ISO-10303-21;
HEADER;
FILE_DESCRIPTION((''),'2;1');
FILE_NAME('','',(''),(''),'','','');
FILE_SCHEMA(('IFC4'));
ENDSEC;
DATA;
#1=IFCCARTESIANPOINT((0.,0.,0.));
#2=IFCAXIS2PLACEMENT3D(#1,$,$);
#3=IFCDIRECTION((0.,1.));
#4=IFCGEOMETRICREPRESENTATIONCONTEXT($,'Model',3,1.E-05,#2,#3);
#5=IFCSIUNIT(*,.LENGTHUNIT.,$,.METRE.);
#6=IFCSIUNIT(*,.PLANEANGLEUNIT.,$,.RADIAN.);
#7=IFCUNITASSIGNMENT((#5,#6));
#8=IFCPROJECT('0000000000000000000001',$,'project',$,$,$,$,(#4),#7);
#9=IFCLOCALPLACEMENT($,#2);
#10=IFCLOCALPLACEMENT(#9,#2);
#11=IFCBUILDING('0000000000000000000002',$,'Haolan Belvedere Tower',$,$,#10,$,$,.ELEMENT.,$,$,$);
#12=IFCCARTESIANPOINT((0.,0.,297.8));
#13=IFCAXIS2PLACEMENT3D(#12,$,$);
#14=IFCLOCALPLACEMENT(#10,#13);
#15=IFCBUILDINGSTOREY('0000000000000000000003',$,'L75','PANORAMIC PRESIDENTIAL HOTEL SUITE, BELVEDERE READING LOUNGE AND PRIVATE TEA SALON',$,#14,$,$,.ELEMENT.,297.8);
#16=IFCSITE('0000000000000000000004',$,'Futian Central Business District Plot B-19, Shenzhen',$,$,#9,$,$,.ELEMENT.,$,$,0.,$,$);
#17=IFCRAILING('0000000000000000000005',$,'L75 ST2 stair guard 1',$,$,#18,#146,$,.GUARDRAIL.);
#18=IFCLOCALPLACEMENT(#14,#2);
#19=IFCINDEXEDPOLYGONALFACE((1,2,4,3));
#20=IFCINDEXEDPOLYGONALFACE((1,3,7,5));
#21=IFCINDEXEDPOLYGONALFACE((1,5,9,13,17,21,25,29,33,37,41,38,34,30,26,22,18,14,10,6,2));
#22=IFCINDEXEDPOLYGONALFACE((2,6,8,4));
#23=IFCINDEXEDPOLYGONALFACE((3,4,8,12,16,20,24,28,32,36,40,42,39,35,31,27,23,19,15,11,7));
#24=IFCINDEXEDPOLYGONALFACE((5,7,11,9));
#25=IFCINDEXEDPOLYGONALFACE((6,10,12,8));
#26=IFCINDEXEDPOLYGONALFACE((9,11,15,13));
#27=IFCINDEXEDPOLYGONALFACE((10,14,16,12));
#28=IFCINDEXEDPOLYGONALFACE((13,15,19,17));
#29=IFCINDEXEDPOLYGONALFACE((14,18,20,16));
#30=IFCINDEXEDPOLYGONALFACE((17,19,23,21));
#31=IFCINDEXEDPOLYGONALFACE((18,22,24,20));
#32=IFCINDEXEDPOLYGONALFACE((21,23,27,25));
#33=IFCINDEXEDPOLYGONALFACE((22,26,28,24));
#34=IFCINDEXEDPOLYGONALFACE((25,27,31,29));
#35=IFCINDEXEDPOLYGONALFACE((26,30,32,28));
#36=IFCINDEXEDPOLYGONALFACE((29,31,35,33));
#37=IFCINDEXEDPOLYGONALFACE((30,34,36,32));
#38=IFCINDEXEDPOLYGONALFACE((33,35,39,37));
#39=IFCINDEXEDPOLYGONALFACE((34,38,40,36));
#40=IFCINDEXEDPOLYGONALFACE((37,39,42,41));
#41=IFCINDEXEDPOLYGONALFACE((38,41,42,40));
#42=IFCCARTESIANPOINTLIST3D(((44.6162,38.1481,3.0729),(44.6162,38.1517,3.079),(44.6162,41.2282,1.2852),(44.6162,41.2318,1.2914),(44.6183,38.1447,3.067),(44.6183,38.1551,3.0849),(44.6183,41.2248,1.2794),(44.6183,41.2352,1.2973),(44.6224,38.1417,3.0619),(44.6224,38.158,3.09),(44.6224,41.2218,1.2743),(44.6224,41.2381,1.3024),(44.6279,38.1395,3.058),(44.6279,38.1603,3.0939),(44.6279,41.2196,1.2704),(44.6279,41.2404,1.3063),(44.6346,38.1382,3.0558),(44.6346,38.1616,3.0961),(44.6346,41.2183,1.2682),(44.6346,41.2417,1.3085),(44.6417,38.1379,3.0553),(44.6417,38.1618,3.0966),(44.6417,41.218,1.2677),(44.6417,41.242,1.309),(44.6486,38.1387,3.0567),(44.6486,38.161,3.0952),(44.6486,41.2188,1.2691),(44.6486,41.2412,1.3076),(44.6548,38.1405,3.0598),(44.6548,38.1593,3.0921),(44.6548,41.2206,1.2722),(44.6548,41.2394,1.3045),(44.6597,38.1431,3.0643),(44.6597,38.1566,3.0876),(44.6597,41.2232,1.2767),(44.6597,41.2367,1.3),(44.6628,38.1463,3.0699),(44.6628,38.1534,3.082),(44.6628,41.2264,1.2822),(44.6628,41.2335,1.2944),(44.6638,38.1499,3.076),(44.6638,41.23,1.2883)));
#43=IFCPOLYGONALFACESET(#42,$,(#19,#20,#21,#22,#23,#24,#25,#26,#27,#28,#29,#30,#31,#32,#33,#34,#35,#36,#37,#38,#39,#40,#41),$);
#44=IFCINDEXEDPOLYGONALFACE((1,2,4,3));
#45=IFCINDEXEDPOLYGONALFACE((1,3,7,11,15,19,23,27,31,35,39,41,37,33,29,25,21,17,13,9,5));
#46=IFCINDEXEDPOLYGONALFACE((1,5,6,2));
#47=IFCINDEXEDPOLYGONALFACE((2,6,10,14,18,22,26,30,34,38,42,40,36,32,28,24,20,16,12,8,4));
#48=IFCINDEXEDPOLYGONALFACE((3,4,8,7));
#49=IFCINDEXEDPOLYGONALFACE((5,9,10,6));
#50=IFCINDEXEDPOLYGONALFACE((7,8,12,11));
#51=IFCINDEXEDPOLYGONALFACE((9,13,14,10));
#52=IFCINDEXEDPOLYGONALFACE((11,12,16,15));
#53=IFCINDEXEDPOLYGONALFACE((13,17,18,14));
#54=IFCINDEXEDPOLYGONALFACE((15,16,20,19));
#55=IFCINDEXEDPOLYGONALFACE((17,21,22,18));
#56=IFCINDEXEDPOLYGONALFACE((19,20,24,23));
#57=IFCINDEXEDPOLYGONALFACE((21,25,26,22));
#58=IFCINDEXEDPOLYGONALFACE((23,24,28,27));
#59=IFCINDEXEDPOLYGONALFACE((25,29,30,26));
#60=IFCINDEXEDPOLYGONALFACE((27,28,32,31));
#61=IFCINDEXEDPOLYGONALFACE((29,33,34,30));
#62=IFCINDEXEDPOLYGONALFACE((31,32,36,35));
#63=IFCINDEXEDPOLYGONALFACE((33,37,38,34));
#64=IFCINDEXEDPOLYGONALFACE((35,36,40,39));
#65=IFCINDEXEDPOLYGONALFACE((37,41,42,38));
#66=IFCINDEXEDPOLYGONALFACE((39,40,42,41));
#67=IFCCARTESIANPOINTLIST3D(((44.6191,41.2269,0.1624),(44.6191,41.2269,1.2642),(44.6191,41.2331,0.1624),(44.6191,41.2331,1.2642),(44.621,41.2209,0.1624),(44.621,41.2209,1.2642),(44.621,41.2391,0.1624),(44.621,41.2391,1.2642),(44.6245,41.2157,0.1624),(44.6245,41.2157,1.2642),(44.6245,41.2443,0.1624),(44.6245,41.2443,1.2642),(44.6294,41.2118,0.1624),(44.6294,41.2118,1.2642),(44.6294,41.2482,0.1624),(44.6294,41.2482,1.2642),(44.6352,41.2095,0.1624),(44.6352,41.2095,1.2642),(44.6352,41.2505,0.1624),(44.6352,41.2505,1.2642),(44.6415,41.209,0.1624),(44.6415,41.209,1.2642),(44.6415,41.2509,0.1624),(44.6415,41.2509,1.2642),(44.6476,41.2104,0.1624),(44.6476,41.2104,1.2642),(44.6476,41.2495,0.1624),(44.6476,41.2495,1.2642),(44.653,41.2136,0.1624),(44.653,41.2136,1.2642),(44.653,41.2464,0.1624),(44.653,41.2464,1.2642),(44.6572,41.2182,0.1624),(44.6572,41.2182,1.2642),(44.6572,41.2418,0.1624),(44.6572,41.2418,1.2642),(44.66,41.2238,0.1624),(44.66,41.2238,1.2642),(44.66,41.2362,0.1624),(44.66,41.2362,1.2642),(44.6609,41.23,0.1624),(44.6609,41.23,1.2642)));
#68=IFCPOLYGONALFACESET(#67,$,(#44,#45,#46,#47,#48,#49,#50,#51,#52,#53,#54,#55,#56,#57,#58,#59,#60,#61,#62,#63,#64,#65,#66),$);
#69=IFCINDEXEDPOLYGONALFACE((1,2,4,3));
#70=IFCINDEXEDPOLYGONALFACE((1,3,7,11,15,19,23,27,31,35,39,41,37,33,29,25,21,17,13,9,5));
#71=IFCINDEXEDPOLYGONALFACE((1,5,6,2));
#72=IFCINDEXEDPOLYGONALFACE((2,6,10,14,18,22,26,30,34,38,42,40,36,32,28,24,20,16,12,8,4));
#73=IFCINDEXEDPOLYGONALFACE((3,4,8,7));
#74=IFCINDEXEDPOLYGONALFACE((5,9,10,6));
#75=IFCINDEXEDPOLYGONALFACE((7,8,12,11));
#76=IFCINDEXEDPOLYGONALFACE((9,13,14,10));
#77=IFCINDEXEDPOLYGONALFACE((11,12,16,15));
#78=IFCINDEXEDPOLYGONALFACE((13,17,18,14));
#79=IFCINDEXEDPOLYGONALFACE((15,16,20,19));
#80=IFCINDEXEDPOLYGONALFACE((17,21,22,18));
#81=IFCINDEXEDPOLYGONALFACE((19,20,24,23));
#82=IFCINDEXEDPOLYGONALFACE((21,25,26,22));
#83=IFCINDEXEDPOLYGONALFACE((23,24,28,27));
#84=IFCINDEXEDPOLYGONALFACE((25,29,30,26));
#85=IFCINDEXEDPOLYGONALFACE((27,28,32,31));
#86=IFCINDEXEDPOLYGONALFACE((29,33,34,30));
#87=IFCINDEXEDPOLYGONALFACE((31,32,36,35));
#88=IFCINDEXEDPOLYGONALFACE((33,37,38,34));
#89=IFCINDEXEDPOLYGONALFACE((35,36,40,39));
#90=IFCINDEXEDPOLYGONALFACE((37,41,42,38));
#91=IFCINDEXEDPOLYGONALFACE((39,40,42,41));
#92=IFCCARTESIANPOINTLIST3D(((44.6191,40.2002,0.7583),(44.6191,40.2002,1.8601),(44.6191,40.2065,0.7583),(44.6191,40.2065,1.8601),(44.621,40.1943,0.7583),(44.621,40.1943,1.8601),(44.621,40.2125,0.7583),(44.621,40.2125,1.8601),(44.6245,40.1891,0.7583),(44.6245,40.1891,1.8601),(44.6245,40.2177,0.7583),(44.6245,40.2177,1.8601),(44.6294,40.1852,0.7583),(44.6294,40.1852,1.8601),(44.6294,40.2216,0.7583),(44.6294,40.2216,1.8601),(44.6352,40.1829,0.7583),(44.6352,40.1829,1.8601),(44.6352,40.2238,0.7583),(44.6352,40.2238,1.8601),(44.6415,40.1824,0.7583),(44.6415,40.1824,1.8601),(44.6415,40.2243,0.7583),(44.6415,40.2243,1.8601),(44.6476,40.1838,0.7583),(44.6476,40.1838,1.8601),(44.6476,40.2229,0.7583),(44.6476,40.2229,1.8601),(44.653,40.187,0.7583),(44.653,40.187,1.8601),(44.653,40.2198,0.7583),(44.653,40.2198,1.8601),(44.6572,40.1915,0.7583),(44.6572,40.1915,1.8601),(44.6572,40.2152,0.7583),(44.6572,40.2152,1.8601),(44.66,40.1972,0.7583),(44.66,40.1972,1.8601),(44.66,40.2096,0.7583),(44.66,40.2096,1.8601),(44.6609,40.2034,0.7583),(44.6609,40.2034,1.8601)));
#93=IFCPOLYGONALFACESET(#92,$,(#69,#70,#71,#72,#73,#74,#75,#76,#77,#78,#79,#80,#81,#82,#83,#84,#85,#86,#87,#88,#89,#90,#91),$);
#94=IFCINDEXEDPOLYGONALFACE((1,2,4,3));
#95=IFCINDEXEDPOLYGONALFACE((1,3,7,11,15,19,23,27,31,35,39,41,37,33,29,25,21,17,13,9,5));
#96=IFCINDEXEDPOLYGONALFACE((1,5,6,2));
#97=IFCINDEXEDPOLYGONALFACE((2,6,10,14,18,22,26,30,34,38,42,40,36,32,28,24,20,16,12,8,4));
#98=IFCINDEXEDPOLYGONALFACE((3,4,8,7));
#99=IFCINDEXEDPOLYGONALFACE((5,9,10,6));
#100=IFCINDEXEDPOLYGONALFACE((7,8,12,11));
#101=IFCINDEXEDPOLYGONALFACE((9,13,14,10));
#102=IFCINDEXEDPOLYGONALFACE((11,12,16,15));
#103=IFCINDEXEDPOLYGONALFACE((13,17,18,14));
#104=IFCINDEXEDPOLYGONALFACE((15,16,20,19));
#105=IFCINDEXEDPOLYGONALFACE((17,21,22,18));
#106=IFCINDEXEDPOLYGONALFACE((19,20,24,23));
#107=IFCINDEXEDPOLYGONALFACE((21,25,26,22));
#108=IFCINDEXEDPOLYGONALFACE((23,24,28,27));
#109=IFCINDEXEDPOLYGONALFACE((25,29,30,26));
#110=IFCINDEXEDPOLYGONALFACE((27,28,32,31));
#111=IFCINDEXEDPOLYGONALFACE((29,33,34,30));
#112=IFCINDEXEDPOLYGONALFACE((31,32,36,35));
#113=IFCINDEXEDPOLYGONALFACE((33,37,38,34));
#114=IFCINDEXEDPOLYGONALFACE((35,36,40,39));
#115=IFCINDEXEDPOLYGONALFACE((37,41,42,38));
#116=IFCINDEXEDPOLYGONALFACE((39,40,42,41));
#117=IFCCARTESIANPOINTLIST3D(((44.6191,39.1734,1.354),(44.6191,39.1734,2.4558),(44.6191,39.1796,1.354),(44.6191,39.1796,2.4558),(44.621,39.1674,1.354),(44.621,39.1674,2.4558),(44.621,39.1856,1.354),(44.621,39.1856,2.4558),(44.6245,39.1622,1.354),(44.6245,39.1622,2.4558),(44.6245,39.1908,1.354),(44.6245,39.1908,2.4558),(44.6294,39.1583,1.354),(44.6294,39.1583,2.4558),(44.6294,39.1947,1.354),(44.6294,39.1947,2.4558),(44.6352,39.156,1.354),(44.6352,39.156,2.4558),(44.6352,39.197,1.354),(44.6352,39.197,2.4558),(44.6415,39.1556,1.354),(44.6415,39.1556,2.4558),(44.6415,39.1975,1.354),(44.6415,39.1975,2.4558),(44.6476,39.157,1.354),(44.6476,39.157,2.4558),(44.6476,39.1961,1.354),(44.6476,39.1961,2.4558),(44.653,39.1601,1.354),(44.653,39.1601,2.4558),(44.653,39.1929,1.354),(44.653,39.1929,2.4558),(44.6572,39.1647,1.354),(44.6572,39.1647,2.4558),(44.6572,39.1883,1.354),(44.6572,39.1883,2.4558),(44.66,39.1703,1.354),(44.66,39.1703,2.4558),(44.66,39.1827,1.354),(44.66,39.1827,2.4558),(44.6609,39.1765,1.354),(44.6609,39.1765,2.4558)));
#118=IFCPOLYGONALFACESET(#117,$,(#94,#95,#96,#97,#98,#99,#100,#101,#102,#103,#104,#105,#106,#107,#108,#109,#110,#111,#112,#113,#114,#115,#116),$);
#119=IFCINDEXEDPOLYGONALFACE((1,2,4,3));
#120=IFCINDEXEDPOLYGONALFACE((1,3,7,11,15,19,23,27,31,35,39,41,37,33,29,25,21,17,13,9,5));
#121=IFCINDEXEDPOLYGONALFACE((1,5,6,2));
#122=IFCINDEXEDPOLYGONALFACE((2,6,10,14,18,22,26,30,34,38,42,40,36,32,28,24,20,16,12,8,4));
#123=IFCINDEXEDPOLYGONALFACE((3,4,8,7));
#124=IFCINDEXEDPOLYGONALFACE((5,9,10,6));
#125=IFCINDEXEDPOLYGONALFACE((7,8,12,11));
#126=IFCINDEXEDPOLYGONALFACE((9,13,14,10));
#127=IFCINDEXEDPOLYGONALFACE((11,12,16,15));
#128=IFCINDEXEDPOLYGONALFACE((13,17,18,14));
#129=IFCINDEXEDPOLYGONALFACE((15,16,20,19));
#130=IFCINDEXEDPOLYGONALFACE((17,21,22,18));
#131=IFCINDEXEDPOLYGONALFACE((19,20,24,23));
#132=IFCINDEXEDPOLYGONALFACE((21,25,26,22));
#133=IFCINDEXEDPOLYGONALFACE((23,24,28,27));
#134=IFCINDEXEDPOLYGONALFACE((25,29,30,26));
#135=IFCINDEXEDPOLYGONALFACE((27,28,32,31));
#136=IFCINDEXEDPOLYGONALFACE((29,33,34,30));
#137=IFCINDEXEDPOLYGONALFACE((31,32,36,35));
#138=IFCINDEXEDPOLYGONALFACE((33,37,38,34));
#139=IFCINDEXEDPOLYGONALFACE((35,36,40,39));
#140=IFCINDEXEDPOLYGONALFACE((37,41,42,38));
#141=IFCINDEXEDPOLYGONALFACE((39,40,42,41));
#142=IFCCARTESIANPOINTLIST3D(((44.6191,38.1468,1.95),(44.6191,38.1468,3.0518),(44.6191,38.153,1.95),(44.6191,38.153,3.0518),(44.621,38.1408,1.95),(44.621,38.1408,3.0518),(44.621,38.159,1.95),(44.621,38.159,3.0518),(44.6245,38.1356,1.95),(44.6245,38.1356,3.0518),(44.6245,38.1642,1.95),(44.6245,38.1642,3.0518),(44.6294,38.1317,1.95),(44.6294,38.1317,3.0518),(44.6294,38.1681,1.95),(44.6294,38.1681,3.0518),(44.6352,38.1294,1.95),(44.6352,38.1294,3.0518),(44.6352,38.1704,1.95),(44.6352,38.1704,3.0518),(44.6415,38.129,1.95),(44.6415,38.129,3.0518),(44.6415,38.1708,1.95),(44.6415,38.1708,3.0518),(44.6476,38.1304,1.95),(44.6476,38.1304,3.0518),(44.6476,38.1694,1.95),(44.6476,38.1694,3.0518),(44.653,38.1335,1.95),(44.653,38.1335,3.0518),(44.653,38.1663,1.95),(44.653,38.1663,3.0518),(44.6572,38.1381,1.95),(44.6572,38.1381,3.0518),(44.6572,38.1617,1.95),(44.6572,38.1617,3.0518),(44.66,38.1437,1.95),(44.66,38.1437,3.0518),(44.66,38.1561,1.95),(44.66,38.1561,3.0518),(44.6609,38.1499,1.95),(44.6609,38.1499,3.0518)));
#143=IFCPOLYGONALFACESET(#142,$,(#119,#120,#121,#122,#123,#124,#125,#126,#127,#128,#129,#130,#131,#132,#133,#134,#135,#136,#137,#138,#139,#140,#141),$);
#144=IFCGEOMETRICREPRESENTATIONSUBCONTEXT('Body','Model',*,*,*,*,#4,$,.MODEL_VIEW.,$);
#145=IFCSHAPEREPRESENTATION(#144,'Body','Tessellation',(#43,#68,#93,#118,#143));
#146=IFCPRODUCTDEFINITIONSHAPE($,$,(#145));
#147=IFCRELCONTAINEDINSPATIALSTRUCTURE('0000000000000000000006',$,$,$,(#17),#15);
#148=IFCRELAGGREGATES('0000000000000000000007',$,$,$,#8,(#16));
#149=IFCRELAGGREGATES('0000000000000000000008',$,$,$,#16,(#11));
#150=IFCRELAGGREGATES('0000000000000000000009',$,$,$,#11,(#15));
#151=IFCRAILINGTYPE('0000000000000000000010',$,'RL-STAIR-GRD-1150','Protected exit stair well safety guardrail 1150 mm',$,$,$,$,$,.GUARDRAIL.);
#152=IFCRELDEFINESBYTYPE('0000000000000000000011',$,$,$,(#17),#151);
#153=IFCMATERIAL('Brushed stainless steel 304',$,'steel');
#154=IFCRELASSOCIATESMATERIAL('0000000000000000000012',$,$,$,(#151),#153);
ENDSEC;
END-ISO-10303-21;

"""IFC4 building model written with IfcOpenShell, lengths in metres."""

from ifc_helpers import new_model, si_unit, direction, frame, origin, origin_2d, place, context, subcontext, project, spatial, circle, extrude, material, type_object, element, save


model = new_model("IFC4")

# Units and contexts
model_context = context("Model", 3, precision=1e-05, world=origin(), true_north=direction((0.0, 1.0)))
body_context = subcontext(model_context, "Body", "Model", "MODEL_VIEW")
ifc_project = project(units=[si_unit("LENGTHUNIT", "METRE"), si_unit("PLANEANGLEUNIT", "RADIAN")], contexts=[model_context])

# Site, building, storey
site_placement = place(None, origin())
site = spatial("IfcSite", under=ifc_project, at=site_placement, Name="Futian Central Business District Plot B-19, Shenzhen", CompositionType="ELEMENT", RefElevation=0.0)
building_placement = place(site_placement, origin())
building = spatial("IfcBuilding", under=site, at=building_placement, Name="Haolan Belvedere Tower", CompositionType="ELEMENT")
storey_placement = place(building_placement, frame((0.0, 0.0, 297.8)))
storey = spatial("IfcBuildingStorey", under=building, at=storey_placement, Name="L75", Description="PANORAMIC PRESIDENTIAL HOTEL SUITE, BELVEDERE READING LOUNGE AND PRIVATE TEA SALON", CompositionType="ELEMENT", Elevation=297.8)

# Railing
ifc_material_1 = material(Name="Brushed stainless steel 304", Category="steel")
railing_type_1 = type_object("IfcRailingType", Name="RL-STAIR-GRD-1150", Description="Protected exit stair well safety guardrail 1150 mm", PredefinedType="GUARDRAIL", material=ifc_material_1)
railing_1_placement = place(storey_placement, frame((44.6399, 41.23, 0.1624)))
element("IfcRailing", 1, at=railing_1_placement, inside=storey, type_object=railing_type_1, Name="L75 ST2 stair guard 1", PredefinedType="GUARDRAIL", context=body_context, shape_type="SweptSolid", body=[
    extrude(circle(Radius=0.0239, at=origin_2d()), frame((0.0, 0.0, 1.126), z_axis=(0.0, -0.864891, 0.50196), x_axis=(1.0, 0.0, 0.0)), (0.0, 0.0, 1.0), 3.5613),
    extrude(circle(Radius=0.021, at=origin_2d()), origin(), (0.0, 0.0, 1.0), 1.1018),
    extrude(circle(Radius=0.021, at=origin_2d()), frame((0.0, -1.0266, 0.5959)), (0.0, 0.0, 1.0), 1.1018),
    extrude(circle(Radius=0.021, at=origin_2d()), frame((0.0, -2.0535, 1.1917)), (0.0, 0.0, 1.0), 1.1018),
    extrude(circle(Radius=0.021, at=origin_2d()), frame((0.0, -3.0801, 1.7876)), (0.0, 0.0, 1.0), 1.1018),
])

save(model, "model.ifc")
